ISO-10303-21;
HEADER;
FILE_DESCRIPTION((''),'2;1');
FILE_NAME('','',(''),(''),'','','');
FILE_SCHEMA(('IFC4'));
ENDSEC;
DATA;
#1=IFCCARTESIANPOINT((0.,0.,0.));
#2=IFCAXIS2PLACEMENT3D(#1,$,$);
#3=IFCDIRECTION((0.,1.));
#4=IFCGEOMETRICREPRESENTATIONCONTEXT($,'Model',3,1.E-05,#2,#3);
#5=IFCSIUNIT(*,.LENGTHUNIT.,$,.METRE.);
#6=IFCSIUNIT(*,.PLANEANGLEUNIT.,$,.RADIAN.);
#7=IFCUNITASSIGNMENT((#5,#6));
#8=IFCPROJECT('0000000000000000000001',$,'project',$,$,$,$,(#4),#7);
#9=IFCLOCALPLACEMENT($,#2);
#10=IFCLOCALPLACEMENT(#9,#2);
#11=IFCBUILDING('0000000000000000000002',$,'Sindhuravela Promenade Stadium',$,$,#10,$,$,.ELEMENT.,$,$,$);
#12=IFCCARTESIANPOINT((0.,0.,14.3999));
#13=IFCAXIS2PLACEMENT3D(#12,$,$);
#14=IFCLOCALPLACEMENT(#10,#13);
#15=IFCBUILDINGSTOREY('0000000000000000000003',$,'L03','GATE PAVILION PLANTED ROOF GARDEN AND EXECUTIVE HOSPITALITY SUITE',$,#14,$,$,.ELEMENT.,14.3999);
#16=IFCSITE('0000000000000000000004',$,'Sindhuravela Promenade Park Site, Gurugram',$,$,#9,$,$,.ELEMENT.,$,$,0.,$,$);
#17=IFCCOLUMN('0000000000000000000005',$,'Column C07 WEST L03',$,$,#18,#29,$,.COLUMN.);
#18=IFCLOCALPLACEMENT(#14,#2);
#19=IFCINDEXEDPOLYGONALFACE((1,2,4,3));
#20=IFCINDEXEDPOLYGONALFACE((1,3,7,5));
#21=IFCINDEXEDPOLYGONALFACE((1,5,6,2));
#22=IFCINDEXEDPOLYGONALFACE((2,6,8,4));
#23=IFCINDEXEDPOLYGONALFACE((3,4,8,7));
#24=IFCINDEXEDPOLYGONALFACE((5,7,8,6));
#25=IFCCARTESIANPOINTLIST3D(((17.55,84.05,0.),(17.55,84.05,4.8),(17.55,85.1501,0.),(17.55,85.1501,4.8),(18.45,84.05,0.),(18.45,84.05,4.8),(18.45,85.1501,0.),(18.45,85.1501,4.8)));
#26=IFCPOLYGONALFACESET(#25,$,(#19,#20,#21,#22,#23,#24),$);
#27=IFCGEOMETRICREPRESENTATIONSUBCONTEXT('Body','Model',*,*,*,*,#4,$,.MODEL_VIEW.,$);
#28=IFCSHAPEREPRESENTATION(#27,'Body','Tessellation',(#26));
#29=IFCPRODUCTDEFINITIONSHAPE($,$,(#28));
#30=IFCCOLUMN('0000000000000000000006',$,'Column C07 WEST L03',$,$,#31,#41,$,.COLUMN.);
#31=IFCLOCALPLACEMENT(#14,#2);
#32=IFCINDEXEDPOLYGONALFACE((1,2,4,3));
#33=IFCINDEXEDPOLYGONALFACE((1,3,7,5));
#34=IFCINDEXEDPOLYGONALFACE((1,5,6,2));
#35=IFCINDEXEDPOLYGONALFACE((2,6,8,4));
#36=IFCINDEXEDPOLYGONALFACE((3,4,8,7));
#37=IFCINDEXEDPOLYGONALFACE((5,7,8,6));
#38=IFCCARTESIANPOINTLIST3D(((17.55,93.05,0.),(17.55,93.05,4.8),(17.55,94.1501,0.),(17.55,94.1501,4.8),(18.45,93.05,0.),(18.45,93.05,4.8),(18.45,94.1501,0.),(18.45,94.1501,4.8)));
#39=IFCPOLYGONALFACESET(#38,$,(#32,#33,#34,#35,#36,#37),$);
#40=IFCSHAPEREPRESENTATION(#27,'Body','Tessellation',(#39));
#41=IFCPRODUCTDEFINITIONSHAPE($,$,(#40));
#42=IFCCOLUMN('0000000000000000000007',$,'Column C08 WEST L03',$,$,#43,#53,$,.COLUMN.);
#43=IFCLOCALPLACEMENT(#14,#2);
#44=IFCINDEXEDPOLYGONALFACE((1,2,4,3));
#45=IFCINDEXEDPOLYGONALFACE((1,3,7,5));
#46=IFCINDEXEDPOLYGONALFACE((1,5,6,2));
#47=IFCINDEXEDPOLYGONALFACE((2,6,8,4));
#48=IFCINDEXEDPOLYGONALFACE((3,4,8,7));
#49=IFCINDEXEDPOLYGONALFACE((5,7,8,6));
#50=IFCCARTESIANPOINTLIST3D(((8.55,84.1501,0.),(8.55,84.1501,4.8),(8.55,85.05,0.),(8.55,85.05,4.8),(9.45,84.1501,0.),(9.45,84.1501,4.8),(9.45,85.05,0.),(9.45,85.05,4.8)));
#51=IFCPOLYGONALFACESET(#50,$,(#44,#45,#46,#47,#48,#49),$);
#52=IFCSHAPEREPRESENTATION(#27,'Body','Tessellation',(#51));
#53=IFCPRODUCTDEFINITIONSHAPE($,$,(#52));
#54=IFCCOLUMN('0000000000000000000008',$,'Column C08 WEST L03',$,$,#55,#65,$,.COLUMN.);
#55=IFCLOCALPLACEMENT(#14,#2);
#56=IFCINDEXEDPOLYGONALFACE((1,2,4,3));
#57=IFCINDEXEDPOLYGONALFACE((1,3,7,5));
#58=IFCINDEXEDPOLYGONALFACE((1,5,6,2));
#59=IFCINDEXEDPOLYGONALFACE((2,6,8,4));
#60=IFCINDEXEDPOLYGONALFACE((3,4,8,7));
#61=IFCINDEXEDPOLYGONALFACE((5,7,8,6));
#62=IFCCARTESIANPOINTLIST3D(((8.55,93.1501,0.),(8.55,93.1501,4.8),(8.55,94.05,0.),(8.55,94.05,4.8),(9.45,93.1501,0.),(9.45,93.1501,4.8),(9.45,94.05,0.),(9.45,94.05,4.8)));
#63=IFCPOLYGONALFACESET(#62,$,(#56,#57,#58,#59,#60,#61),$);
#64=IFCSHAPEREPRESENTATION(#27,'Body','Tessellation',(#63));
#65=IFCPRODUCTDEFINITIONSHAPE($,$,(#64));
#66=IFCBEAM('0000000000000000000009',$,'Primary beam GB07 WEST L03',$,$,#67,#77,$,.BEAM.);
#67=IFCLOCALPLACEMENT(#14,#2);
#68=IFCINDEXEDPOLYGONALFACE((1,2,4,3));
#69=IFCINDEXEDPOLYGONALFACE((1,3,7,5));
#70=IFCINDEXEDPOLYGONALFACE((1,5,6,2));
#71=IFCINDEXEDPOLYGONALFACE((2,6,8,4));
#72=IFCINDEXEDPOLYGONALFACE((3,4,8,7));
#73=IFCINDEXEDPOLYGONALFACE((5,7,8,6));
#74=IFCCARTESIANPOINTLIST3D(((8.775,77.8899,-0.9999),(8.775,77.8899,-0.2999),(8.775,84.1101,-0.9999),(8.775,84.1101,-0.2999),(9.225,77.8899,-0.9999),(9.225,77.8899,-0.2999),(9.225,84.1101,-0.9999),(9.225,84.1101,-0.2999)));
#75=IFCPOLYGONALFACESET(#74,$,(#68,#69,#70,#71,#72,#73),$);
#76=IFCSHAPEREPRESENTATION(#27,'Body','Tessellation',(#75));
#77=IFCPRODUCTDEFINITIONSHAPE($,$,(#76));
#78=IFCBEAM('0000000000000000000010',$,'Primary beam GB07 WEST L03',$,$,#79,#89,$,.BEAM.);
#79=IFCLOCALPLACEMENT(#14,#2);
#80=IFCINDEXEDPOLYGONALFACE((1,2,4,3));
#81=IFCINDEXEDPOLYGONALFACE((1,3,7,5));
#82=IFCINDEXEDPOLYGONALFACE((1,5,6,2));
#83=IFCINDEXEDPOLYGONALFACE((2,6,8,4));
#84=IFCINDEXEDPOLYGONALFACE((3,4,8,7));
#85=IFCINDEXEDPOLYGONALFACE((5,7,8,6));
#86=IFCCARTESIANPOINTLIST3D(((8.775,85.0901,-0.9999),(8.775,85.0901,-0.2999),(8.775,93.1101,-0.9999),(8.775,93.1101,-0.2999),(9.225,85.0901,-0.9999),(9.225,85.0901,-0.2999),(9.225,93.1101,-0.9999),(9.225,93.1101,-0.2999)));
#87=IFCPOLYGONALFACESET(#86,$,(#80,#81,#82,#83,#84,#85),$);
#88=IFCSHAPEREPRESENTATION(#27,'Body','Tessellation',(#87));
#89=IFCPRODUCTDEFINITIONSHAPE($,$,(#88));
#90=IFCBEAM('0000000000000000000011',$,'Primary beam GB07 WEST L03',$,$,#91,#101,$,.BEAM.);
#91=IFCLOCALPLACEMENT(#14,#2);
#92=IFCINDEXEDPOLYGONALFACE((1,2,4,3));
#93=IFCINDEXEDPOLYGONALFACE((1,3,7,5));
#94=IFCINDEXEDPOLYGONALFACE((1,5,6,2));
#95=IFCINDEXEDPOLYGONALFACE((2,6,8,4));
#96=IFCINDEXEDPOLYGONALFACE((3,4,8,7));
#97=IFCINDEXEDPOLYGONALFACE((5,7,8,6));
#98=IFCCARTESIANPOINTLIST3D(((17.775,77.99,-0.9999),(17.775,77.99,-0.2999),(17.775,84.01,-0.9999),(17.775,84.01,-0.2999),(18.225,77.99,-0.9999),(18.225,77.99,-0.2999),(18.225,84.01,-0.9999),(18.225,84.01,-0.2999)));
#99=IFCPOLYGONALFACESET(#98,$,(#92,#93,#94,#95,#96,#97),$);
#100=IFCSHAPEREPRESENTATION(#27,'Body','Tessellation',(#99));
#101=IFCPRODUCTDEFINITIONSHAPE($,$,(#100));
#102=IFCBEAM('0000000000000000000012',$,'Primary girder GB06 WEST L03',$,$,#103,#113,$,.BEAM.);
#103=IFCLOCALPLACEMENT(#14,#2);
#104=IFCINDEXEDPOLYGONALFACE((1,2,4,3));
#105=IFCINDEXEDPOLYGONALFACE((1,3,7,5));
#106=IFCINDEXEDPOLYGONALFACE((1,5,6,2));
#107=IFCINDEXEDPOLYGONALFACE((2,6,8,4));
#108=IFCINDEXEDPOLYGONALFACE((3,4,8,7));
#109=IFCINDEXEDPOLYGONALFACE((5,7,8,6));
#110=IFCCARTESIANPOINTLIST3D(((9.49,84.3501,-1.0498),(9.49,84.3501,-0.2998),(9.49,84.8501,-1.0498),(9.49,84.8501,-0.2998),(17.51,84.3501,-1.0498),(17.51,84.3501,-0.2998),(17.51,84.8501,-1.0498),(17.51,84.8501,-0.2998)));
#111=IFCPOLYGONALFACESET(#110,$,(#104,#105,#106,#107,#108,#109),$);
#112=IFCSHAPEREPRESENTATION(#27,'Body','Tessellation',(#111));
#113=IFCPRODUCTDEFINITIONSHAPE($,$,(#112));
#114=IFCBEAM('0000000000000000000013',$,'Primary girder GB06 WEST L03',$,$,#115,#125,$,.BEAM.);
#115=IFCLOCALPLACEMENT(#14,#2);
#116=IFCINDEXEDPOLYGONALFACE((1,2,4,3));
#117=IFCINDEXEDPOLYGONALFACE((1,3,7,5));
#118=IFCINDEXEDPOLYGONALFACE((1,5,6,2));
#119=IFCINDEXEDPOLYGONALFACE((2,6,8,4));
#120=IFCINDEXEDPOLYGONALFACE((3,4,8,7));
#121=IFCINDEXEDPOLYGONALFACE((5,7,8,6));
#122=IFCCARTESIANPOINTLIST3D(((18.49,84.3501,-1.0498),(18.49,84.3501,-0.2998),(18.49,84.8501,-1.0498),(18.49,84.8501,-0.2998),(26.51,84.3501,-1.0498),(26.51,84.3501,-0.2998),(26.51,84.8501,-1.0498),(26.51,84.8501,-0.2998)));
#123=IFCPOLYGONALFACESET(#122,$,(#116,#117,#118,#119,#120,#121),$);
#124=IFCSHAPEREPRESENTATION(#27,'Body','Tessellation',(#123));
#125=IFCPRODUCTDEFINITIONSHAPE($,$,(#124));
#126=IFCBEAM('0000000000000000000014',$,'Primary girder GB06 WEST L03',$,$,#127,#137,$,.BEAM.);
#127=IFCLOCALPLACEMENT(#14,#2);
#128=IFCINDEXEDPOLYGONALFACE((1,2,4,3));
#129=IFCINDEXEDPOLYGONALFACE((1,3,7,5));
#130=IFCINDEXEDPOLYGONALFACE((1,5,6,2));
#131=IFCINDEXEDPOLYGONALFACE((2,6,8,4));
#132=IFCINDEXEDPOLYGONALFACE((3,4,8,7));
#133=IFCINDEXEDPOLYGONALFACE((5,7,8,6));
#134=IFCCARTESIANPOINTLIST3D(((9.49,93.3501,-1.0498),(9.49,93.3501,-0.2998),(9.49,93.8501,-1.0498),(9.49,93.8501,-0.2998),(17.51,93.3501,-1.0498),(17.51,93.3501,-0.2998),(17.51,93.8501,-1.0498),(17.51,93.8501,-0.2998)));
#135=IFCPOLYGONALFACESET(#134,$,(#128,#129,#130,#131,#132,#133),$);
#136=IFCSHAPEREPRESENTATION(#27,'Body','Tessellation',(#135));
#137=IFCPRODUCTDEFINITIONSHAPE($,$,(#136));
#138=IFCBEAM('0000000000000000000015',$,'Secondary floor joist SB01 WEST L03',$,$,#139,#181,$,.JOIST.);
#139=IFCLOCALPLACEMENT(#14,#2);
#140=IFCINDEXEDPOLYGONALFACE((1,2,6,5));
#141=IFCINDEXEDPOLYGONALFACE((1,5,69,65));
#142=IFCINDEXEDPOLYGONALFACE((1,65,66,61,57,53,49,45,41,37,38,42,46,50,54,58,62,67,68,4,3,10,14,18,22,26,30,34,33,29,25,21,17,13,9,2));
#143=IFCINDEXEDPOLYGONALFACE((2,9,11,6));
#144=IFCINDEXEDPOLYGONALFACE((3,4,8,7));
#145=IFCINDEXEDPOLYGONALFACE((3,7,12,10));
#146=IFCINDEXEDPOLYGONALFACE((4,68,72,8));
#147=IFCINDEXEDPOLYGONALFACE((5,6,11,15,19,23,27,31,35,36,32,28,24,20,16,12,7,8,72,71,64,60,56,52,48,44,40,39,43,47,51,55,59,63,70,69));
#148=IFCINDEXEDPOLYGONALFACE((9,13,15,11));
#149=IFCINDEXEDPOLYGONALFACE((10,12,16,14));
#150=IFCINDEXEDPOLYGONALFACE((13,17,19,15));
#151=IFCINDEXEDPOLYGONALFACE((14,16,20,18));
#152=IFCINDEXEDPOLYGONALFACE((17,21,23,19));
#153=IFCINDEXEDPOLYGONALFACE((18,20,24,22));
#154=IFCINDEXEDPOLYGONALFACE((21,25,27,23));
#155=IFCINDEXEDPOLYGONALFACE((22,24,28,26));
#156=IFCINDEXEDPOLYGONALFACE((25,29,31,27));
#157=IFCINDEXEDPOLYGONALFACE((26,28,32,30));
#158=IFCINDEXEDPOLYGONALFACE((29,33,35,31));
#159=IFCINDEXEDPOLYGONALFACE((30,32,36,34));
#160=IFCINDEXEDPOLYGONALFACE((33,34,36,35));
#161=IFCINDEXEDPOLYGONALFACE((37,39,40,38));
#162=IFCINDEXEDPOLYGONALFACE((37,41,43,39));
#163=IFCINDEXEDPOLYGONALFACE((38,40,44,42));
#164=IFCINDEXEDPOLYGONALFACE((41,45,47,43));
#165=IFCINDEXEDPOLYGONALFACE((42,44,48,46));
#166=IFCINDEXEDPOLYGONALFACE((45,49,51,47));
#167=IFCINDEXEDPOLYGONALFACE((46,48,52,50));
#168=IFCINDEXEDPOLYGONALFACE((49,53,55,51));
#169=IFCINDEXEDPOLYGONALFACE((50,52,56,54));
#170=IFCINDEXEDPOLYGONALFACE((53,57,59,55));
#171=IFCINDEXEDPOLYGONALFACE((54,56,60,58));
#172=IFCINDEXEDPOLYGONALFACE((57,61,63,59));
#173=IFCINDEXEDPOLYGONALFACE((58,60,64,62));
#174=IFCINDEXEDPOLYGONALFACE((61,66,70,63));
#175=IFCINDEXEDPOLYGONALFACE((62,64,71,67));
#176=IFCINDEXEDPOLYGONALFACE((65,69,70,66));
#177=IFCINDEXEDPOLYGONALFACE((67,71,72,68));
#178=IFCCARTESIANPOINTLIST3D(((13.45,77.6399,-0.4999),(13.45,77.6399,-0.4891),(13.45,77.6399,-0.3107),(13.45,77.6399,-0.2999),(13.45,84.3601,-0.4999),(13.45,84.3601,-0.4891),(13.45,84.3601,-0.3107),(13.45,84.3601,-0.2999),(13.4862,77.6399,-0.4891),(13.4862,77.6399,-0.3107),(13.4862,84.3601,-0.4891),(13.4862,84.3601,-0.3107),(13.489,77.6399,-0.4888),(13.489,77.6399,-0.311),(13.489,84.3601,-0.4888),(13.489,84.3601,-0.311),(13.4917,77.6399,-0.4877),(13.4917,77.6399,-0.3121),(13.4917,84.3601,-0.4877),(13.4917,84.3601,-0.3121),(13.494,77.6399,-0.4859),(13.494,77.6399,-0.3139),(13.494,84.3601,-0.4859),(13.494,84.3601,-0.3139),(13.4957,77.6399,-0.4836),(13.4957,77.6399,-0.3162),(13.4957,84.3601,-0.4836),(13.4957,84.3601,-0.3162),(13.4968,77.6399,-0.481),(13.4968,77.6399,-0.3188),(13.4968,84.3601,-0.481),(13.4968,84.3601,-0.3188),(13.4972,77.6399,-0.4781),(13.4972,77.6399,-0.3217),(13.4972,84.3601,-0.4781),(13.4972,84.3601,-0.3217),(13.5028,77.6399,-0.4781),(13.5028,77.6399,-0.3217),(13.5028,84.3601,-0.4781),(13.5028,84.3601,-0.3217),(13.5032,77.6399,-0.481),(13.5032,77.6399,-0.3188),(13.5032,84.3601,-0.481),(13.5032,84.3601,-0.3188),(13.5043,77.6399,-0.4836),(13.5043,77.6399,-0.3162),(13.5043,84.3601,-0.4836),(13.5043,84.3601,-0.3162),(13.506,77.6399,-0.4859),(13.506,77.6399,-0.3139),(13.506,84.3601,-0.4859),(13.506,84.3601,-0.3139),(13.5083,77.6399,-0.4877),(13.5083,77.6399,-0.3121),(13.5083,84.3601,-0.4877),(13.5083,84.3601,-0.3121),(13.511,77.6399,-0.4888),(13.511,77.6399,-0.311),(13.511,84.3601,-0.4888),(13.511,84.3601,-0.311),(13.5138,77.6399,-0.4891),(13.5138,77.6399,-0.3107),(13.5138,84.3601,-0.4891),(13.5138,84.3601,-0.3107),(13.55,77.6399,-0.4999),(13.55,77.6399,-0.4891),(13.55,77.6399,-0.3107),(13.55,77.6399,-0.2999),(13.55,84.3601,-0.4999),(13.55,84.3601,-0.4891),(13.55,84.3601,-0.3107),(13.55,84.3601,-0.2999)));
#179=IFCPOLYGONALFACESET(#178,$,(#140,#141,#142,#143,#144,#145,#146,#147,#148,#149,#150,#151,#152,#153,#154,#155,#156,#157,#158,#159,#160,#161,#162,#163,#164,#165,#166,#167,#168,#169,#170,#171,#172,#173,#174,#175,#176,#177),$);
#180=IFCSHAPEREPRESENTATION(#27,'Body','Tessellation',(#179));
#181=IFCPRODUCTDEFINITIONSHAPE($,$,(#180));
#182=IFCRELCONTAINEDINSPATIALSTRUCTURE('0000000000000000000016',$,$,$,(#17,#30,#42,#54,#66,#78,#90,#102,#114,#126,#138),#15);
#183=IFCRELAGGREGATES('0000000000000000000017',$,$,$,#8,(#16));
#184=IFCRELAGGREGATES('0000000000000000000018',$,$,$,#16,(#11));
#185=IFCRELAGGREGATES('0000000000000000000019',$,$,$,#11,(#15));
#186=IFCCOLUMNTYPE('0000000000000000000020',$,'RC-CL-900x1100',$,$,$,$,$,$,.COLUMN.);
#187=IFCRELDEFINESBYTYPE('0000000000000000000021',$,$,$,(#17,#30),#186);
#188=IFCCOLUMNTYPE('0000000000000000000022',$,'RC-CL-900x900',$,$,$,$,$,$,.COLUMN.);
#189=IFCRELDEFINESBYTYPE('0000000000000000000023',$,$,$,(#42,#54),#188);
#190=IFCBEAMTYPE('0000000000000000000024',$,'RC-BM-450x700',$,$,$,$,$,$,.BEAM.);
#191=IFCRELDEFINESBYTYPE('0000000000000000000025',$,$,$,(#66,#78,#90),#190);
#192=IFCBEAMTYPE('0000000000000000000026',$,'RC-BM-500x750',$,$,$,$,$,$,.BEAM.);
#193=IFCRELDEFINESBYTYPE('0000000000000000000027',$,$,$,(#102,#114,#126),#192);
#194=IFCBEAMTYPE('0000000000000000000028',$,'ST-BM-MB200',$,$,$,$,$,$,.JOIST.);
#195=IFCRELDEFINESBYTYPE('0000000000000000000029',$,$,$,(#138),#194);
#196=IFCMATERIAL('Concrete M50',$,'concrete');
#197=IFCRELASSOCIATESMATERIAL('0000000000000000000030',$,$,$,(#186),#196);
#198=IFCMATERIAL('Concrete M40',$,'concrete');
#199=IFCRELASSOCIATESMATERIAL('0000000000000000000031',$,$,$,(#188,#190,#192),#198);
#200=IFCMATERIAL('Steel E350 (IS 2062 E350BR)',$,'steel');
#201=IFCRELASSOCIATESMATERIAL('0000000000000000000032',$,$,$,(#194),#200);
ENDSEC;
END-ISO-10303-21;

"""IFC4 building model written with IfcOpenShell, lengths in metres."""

from ifc_helpers import new_model, si_unit, direction, frame, origin, origin_2d, place, context, subcontext, project, spatial, rectangle, i_section, extrude, material, material_profile, profile_set, type_object, element, save


model = new_model("IFC4")

# Units and contexts
model_context = context("Model", 3, precision=1e-05, world=origin(), true_north=direction((0.0, 1.0)))
body_context = subcontext(model_context, "Body", "Model", "MODEL_VIEW")
ifc_project = project(units=[si_unit("LENGTHUNIT", "METRE"), si_unit("PLANEANGLEUNIT", "RADIAN")], contexts=[model_context])

# Site, building, storey
site_placement = place(None, origin())
site = spatial("IfcSite", under=ifc_project, at=site_placement, Name="Sindhuravela Promenade Park Site, Gurugram", CompositionType="ELEMENT", RefElevation=0.0)
building_placement = place(site_placement, origin())
building = spatial("IfcBuilding", under=site, at=building_placement, Name="Sindhuravela Promenade Stadium", CompositionType="ELEMENT")
storey_placement = place(building_placement, frame((0.0, 0.0, 14.3999)))
storey = spatial("IfcBuildingStorey", under=building, at=storey_placement, Name="L03", Description="GATE PAVILION PLANTED ROOF GARDEN AND EXECUTIVE HOSPITALITY SUITE", CompositionType="ELEMENT", Elevation=14.3999)

# Columns
ifc_material_1 = material(Name="Concrete M50", Category="concrete")
ifc_material_profile_1 = material_profile(ifc_material_1, rectangle(XDim=0.8999, YDim=1.1001, at=origin_2d()), Name="RC 900x1100")
ifc_profile_set_1 = profile_set([ifc_material_profile_1], Name="Concrete M50")
column_type_1 = type_object("IfcColumnType", Name="RC-CL-900x1100", PredefinedType="COLUMN", material=ifc_profile_set_1)
for number, where, z_axis, x_axis, name in (
    (1, (18.0, 84.6001, 0.0), (0.0, 0.0, 1.0), (1.0, 0.0, 0.0), "Column C07 WEST L03"),
    (2, (18.0, 93.6001, 0.0), (0.0, 0.0, 1.0), (1.0, 0.0, 0.0), "Column C07 WEST L03"),
):
    element("IfcColumn", number, at=place(storey_placement, frame(where, z_axis=z_axis, x_axis=x_axis)), inside=storey, type_object=column_type_1, Name=name, PredefinedType="COLUMN", context=body_context, shape_type="SweptSolid", body=[
        extrude(rectangle(XDim=0.8999, YDim=1.1001, at=origin_2d()), origin(), (0.0, 0.0, 1.0), 4.8),
    ])
ifc_material_2 = material(Name="Concrete M40", Category="concrete")
ifc_material_profile_2 = material_profile(ifc_material_2, rectangle(XDim=0.8999, YDim=0.8999, at=origin_2d()), Name="RC 900x900")
ifc_profile_set_2 = profile_set([ifc_material_profile_2], Name="Concrete M40")
column_type_2 = type_object("IfcColumnType", Name="RC-CL-900x900", PredefinedType="COLUMN", material=ifc_profile_set_2)
for number, where, z_axis, x_axis, name in (
    (3, (9.0, 84.6001, 0.0), (0.0, 0.0, 1.0), (1.0, 0.0, 0.0), "Column C08 WEST L03"),
    (4, (9.0, 93.6001, 0.0), (0.0, 0.0, 1.0), (1.0, 0.0, 0.0), "Column C08 WEST L03"),
):
    element("IfcColumn", number, at=place(storey_placement, frame(where, z_axis=z_axis, x_axis=x_axis)), inside=storey, type_object=column_type_2, Name=name, PredefinedType="COLUMN", context=body_context, shape_type="SweptSolid", body=[
        extrude(rectangle(XDim=0.8999, YDim=0.8999, at=origin_2d()), origin(), (0.0, 0.0, 1.0), 4.8),
    ])

# Beams
ifc_material_profile_3 = material_profile(ifc_material_2, rectangle(XDim=0.45, YDim=0.7, at=origin_2d()), Name="RC 450x700")
ifc_profile_set_3 = profile_set([ifc_material_profile_3], Name="Concrete M40")
beam_type_1 = type_object("IfcBeamType", Name="RC-BM-450x700", PredefinedType="BEAM", material=ifc_profile_set_3)
beam_1_placement = place(storey_placement, frame((9.0, 77.8899, -0.6499), z_axis=(0.0, 1.0, 0.0), x_axis=(-1.0, 0.0, 0.0)))
element("IfcBeam", 5, at=beam_1_placement, inside=storey, type_object=beam_type_1, Name="Primary beam GB07 WEST L03", PredefinedType="BEAM", context=body_context, shape_type="SweptSolid", body=[
    extrude(rectangle(XDim=0.45, YDim=0.7, at=origin_2d()), origin(), (0.0, 0.0, 1.0), 6.2202),
])
beam_2_placement = place(storey_placement, frame((9.0, 85.0901, -0.6499), z_axis=(0.0, 1.0, 0.0), x_axis=(-1.0, 0.0, 0.0)))
element("IfcBeam", 6, at=beam_2_placement, inside=storey, type_object=beam_type_1, Name="Primary beam GB07 WEST L03", PredefinedType="BEAM", context=body_context, shape_type="SweptSolid", body=[
    extrude(rectangle(XDim=0.45, YDim=0.7, at=origin_2d()), origin(), (0.0, 0.0, 1.0), 8.02),
])
beam_3_placement = place(storey_placement, frame((18.0, 77.99, -0.6499), z_axis=(0.0, 1.0, 0.0), x_axis=(-1.0, 0.0, 0.0)))
element("IfcBeam", 7, at=beam_3_placement, inside=storey, type_object=beam_type_1, Name="Primary beam GB07 WEST L03", PredefinedType="BEAM", context=body_context, shape_type="SweptSolid", body=[
    extrude(rectangle(XDim=0.45, YDim=0.7, at=origin_2d()), origin(), (0.0, 0.0, 1.0), 6.02),
])
ifc_material_profile_4 = material_profile(ifc_material_2, rectangle(XDim=0.5, YDim=0.75, at=origin_2d()), Name="RC 500x750")
ifc_profile_set_4 = profile_set([ifc_material_profile_4], Name="Concrete M40")
beam_type_2 = type_object("IfcBeamType", Name="RC-BM-500x750", PredefinedType="BEAM", material=ifc_profile_set_4)
for number, where, z_axis, x_axis, name in (
    (8, (9.49, 84.6001, -0.6748), (1.0, 0.0, 0.0), (0.0, 1.0, 0.0), "Primary girder GB06 WEST L03"),
    (9, (18.49, 84.6001, -0.6748), (1.0, 0.0, 0.0), (0.0, 1.0, 0.0), "Primary girder GB06 WEST L03"),
    (10, (9.49, 93.6001, -0.6748), (1.0, 0.0, 0.0), (0.0, 1.0, 0.0), "Primary girder GB06 WEST L03"),
):
    element("IfcBeam", number, at=place(storey_placement, frame(where, z_axis=z_axis, x_axis=x_axis)), inside=storey, type_object=beam_type_2, Name=name, PredefinedType="BEAM", context=body_context, shape_type="SweptSolid", body=[
        extrude(rectangle(XDim=0.5, YDim=0.75, at=origin_2d()), origin(), (0.0, 0.0, 1.0), 8.02),
    ])
ifc_material_3 = material(Name="Steel E350 (IS 2062 E350BR)", Category="steel")
ifc_material_profile_5 = material_profile(ifc_material_3, i_section(OverallWidth=0.1001, OverallDepth=0.2, WebThickness=0.0056, FlangeThickness=0.0107, FilletRadius=0.011, at=origin_2d()), Name="ISMB 200")
ifc_profile_set_5 = profile_set([ifc_material_profile_5], Name="Steel E350 (IS 2062 E350BR)")
beam_type_3 = type_object("IfcBeamType", Name="ST-BM-MB200", PredefinedType="JOIST", material=ifc_profile_set_5)
beam_4_placement = place(storey_placement, frame((13.5, 77.6399, -0.3999), z_axis=(0.0, 1.0, 0.0), x_axis=(-1.0, 0.0, 0.0)))
element("IfcBeam", 11, at=beam_4_placement, inside=storey, type_object=beam_type_3, Name="Secondary floor joist SB01 WEST L03", PredefinedType="JOIST", context=body_context, shape_type="SweptSolid", body=[
    extrude(i_section(OverallWidth=0.1001, OverallDepth=0.2, WebThickness=0.0056, FlangeThickness=0.0107, FilletRadius=0.011, at=origin_2d()), origin(), (0.0, 0.0, 1.0), 6.7202),
])

save(model, "model.ifc")
